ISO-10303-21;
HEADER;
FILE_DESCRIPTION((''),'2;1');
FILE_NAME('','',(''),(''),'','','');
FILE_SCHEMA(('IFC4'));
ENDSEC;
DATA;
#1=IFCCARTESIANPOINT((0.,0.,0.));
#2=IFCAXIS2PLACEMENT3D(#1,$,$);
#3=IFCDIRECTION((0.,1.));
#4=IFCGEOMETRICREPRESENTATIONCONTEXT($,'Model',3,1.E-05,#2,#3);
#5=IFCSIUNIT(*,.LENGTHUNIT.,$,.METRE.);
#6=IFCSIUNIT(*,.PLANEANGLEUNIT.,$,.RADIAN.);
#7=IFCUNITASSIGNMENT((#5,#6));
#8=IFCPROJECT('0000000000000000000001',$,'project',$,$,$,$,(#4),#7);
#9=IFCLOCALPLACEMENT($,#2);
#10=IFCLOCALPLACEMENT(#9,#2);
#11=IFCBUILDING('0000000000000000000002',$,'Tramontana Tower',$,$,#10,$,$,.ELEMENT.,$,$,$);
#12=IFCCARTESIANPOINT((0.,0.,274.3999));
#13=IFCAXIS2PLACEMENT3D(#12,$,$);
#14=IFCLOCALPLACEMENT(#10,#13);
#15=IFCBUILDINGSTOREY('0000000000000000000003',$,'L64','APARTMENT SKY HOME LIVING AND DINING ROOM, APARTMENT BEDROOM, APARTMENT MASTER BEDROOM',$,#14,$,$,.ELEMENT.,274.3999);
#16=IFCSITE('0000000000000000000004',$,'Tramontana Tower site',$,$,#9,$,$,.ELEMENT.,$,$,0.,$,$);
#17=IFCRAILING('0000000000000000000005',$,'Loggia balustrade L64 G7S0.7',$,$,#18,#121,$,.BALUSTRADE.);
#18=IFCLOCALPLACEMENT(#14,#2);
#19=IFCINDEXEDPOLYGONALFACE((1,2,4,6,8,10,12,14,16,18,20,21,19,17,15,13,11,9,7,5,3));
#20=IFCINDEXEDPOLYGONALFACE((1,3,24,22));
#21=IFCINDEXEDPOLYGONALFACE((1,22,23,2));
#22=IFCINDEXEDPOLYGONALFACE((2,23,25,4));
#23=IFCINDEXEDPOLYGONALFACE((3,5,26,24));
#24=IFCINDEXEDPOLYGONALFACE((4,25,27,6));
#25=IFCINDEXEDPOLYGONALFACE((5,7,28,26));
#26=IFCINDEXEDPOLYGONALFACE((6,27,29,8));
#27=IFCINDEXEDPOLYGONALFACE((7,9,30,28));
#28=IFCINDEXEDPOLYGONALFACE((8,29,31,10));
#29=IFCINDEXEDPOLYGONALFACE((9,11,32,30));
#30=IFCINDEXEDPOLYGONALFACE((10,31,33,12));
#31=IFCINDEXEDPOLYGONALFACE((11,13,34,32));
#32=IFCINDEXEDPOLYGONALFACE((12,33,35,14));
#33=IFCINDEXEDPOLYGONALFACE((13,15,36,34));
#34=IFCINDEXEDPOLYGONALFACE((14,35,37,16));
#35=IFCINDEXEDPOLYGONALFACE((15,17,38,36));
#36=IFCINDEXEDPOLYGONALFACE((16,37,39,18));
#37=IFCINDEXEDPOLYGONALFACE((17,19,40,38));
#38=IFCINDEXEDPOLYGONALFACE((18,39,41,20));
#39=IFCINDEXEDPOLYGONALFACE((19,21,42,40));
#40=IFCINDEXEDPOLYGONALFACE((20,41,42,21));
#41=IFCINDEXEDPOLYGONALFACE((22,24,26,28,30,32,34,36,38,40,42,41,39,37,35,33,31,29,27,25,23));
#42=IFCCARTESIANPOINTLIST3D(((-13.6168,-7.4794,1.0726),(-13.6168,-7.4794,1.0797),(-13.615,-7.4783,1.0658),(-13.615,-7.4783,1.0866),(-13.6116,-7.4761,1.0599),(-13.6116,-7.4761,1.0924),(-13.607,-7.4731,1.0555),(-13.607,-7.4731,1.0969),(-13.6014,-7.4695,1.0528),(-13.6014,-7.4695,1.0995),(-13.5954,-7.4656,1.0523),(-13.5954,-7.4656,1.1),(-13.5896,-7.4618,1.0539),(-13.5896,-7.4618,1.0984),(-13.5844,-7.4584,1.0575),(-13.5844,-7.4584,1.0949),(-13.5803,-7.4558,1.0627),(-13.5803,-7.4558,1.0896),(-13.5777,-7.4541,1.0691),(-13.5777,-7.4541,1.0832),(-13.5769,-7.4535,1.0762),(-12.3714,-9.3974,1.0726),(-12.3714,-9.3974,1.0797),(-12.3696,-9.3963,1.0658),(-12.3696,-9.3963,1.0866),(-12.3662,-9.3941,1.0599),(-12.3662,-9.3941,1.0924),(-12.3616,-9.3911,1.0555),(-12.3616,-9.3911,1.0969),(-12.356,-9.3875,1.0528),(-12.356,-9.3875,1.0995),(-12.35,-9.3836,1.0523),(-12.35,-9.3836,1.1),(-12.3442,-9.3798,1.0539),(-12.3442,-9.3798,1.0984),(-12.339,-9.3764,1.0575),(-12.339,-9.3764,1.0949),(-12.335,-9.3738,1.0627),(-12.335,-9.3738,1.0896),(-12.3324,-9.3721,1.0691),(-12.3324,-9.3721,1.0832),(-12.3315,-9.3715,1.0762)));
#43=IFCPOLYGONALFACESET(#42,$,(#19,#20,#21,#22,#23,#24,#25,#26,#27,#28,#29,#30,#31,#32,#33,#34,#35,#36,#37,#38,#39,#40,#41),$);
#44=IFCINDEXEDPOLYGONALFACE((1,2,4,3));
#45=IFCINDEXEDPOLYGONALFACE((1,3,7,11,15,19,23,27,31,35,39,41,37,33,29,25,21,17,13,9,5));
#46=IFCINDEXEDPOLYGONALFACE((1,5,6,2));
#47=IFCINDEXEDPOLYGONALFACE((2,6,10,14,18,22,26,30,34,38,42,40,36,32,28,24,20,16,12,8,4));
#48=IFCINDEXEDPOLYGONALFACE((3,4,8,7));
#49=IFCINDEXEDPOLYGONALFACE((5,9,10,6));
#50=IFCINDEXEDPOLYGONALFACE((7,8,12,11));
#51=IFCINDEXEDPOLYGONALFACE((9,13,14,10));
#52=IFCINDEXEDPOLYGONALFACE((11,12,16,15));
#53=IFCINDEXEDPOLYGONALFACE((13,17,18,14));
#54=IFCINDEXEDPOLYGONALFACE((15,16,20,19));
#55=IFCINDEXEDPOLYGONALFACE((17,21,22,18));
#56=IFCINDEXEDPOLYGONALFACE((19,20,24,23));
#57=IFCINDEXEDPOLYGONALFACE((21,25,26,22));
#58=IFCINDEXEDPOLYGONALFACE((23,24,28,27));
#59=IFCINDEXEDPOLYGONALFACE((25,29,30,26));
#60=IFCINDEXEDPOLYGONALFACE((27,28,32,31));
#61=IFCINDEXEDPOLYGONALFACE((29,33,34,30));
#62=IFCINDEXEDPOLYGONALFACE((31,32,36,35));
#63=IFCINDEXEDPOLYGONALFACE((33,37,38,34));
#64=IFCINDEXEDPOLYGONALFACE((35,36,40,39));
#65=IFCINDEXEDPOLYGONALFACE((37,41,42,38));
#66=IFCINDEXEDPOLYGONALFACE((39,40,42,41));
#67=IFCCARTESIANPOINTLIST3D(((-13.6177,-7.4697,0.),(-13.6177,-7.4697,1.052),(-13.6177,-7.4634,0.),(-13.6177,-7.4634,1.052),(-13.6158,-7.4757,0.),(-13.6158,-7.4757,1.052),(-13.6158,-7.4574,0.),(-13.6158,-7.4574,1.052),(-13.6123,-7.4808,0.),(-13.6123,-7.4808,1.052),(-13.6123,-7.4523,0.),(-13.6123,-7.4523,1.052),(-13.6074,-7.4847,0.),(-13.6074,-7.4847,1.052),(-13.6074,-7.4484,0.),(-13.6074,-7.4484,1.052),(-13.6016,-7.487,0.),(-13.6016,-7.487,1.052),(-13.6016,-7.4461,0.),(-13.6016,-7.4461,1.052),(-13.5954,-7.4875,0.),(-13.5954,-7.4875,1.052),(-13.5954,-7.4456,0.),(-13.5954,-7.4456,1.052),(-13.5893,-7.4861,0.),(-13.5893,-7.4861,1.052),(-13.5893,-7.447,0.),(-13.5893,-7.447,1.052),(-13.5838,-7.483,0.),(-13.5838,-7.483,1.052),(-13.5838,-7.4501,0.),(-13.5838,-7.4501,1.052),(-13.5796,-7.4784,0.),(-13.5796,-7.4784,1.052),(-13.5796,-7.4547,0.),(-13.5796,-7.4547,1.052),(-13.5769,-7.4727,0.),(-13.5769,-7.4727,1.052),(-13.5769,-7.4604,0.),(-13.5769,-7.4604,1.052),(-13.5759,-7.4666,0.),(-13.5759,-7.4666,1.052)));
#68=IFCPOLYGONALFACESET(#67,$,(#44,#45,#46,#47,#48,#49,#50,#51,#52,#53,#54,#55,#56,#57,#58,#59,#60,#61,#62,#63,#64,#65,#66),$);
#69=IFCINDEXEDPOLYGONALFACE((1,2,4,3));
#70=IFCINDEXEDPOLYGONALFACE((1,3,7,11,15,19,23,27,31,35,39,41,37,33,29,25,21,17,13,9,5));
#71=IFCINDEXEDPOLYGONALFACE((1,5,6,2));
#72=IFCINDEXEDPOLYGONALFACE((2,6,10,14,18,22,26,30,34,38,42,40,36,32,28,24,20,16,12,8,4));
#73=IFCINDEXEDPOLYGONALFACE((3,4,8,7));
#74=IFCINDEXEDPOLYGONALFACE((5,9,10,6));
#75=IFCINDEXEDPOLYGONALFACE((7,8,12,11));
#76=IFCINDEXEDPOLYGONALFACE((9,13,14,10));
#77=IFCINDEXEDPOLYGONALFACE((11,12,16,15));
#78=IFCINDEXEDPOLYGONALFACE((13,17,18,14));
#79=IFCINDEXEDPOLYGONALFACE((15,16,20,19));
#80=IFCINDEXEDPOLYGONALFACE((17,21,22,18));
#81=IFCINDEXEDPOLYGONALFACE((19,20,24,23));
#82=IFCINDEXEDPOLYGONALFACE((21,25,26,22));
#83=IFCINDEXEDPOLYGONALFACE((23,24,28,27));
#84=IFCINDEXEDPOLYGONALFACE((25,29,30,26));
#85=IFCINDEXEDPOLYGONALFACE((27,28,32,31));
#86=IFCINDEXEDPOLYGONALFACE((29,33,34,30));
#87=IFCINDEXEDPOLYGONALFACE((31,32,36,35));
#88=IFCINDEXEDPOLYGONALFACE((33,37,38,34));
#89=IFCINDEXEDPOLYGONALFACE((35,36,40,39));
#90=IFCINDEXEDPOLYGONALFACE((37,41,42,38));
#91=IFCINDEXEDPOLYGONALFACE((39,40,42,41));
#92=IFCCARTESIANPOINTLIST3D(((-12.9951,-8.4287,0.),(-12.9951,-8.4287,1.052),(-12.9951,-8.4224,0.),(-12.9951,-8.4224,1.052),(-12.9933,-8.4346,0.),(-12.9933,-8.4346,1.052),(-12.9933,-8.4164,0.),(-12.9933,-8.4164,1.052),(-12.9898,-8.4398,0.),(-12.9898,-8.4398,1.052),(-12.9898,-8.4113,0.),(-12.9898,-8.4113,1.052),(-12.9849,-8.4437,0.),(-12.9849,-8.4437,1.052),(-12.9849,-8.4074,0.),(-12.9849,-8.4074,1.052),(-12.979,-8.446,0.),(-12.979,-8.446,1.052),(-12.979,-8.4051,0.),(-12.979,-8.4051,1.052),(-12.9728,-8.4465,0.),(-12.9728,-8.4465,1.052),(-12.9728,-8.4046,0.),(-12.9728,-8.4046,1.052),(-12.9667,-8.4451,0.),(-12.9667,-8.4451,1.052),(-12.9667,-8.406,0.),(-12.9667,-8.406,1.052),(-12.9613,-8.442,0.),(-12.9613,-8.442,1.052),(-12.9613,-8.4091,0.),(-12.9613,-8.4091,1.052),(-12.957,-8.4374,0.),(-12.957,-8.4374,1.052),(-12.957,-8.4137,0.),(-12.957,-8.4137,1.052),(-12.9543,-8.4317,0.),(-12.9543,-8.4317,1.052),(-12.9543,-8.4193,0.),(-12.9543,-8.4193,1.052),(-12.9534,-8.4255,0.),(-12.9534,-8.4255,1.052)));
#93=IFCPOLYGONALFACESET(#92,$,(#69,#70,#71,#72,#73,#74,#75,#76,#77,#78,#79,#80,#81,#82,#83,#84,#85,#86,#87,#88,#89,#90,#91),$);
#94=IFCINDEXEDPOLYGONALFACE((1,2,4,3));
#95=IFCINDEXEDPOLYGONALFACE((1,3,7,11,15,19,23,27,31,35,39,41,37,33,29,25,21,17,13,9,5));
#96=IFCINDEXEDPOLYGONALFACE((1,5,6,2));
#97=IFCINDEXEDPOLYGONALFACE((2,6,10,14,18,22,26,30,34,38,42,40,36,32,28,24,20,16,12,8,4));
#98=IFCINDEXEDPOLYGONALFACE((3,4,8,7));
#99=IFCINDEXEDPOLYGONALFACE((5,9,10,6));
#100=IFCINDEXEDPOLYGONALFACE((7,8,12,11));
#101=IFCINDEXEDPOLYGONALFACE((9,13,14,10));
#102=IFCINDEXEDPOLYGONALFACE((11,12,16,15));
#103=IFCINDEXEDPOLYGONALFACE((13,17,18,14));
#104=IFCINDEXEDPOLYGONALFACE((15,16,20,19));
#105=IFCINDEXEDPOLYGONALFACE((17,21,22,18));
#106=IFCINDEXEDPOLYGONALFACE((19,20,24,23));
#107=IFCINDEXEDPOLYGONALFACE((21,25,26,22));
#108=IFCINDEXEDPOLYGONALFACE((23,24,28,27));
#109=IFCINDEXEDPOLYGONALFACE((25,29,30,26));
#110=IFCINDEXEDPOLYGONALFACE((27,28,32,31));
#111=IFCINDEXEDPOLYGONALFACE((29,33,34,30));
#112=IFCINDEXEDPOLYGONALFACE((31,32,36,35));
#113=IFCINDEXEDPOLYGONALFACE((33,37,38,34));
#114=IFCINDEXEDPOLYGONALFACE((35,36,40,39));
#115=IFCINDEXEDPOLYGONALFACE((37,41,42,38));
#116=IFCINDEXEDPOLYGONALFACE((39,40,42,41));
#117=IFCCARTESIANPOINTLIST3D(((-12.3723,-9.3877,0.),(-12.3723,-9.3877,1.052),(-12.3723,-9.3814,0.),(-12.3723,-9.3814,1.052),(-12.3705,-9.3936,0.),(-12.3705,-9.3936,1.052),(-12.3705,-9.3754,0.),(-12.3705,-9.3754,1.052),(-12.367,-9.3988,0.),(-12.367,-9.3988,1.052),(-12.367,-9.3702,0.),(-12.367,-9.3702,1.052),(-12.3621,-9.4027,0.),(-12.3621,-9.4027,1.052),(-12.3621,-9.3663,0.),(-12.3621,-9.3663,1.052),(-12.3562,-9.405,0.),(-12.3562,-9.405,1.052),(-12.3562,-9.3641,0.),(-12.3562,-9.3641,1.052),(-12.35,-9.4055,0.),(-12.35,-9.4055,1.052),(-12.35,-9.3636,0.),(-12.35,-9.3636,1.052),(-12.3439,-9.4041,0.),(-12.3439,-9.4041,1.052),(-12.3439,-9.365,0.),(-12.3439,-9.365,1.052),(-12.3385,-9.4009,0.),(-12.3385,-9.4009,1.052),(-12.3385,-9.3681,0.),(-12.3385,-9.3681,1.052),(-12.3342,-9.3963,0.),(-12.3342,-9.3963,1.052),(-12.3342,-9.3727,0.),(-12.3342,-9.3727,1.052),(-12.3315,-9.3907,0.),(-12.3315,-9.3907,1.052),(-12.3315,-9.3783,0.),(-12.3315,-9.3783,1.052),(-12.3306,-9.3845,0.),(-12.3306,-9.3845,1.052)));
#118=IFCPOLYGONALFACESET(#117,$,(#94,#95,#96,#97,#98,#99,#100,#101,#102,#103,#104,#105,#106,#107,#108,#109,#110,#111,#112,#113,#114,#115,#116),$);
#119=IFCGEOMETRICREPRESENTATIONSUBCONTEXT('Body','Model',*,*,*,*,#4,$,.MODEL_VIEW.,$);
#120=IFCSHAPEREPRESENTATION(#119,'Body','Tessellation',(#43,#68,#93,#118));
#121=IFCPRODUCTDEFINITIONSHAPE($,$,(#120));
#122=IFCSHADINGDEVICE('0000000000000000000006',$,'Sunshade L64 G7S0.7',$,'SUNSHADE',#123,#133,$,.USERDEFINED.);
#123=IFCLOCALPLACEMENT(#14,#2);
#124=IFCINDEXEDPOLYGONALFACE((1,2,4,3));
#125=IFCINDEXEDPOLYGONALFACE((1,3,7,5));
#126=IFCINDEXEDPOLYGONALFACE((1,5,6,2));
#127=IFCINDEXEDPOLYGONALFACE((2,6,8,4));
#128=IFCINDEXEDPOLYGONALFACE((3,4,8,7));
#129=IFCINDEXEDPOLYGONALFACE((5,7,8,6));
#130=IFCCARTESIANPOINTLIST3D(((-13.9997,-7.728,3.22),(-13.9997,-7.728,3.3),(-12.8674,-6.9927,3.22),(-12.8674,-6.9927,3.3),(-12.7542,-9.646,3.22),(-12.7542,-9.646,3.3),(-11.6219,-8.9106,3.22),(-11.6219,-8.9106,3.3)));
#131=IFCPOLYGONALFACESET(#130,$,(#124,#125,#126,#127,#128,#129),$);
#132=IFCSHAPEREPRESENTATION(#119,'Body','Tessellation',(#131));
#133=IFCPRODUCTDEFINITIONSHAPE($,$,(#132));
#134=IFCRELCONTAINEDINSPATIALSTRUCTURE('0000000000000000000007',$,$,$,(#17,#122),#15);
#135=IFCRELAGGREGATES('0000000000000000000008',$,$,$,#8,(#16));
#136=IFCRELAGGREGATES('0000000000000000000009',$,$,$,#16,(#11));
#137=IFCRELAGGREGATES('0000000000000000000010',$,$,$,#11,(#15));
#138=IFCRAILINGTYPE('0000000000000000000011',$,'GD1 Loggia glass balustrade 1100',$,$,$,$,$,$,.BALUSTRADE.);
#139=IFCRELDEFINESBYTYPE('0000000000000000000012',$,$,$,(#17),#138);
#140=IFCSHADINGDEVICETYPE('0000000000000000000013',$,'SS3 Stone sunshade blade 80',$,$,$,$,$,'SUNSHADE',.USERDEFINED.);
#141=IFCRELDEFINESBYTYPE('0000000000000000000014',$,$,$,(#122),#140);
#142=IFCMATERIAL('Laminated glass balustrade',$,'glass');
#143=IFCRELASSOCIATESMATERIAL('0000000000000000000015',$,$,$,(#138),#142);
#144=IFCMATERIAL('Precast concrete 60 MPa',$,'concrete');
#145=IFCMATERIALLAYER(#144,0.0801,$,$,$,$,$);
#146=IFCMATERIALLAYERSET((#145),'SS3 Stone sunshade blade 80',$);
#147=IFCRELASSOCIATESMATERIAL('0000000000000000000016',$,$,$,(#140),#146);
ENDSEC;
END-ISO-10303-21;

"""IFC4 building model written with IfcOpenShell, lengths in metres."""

from ifc_helpers import new_model, si_unit, direction, frame, origin, origin_2d, place, context, subcontext, project, spatial, rectangle, circle, extrude, material, layer, layer_set, type_object, element, save


model = new_model("IFC4")

# Units and contexts
model_context = context("Model", 3, precision=1e-05, world=origin(), true_north=direction((0.0, 1.0)))
body_context = subcontext(model_context, "Body", "Model", "MODEL_VIEW")
ifc_project = project(units=[si_unit("LENGTHUNIT", "METRE"), si_unit("PLANEANGLEUNIT", "RADIAN")], contexts=[model_context])

# Site, building, storey
site_placement = place(None, origin())
site = spatial("IfcSite", under=ifc_project, at=site_placement, Name="Tramontana Tower site", CompositionType="ELEMENT", RefElevation=0.0)
building_placement = place(site_placement, origin())
building = spatial("IfcBuilding", under=site, at=building_placement, Name="Tramontana Tower", CompositionType="ELEMENT")
storey_placement = place(building_placement, frame((0.0, 0.0, 274.3999)))
storey = spatial("IfcBuildingStorey", under=building, at=storey_placement, Name="L64", Description="APARTMENT SKY HOME LIVING AND DINING ROOM, APARTMENT BEDROOM, APARTMENT MASTER BEDROOM", CompositionType="ELEMENT", Elevation=274.3999)

# Railing
ifc_material_1 = material(Name="Laminated glass balustrade", Category="glass")
railing_type = type_object("IfcRailingType", Name="GD1 Loggia glass balustrade 1100", PredefinedType="BALUSTRADE", material=ifc_material_1)
railing_placement = place(storey_placement, frame((-13.5969, -7.4666, 0.0)))
element("IfcRailing", 1, at=railing_placement, inside=storey, type_object=railing_type, Name="Loggia balustrade L64 G7S0.7", PredefinedType="BALUSTRADE", context=body_context, shape_type="SweptSolid", body=[
    extrude(circle(Radius=0.0239, at=origin_2d()), frame((0.0, 0.0, 1.0762), z_axis=(0.544583, -0.838707, 0.0), x_axis=(0.838707, 0.544583, 0.0)), (0.0, 0.0, 1.0), 2.2869),
    extrude(circle(Radius=0.021, at=origin_2d()), origin(), (0.0, 0.0, 1.0), 1.052),
    extrude(circle(Radius=0.021, at=origin_2d()), frame((0.6226, -0.959, 0.0)), (0.0, 0.0, 1.0), 1.052),
    extrude(circle(Radius=0.021, at=origin_2d()), frame((1.2454, -1.918, 0.0)), (0.0, 0.0, 1.0), 1.052),
])

# Shading device
ifc_material_2 = material(Name="Precast concrete 60 MPa", Category="concrete")
ifc_layer_1 = layer(ifc_material_2, 0.0801)
ifc_layer_set_1 = layer_set([ifc_layer_1], Name="SS3 Stone sunshade blade 80")
shading_device_type = type_object("IfcShadingDeviceType", Name="SS3 Stone sunshade blade 80", ElementType="SUNSHADE", PredefinedType="USERDEFINED", material=ifc_layer_set_1)
shading_device_placement = place(storey_placement, frame((-12.8108, -8.3193, 3.22), z_axis=(0.0, 0.0, 1.0), x_axis=(0.544639, -0.838671, 0.0)))
element("IfcShadingDevice", 2, at=shading_device_placement, inside=storey, type_object=shading_device_type, Name="Sunshade L64 G7S0.7", ObjectType="SUNSHADE", PredefinedType="USERDEFINED", context=body_context, shape_type="SweptSolid", body=[
    extrude(rectangle(XDim=2.2869, YDim=1.3501, at=origin_2d()), origin(), (0.0, 0.0, 1.0), 0.0801),
])

save(model, "model.ifc")
